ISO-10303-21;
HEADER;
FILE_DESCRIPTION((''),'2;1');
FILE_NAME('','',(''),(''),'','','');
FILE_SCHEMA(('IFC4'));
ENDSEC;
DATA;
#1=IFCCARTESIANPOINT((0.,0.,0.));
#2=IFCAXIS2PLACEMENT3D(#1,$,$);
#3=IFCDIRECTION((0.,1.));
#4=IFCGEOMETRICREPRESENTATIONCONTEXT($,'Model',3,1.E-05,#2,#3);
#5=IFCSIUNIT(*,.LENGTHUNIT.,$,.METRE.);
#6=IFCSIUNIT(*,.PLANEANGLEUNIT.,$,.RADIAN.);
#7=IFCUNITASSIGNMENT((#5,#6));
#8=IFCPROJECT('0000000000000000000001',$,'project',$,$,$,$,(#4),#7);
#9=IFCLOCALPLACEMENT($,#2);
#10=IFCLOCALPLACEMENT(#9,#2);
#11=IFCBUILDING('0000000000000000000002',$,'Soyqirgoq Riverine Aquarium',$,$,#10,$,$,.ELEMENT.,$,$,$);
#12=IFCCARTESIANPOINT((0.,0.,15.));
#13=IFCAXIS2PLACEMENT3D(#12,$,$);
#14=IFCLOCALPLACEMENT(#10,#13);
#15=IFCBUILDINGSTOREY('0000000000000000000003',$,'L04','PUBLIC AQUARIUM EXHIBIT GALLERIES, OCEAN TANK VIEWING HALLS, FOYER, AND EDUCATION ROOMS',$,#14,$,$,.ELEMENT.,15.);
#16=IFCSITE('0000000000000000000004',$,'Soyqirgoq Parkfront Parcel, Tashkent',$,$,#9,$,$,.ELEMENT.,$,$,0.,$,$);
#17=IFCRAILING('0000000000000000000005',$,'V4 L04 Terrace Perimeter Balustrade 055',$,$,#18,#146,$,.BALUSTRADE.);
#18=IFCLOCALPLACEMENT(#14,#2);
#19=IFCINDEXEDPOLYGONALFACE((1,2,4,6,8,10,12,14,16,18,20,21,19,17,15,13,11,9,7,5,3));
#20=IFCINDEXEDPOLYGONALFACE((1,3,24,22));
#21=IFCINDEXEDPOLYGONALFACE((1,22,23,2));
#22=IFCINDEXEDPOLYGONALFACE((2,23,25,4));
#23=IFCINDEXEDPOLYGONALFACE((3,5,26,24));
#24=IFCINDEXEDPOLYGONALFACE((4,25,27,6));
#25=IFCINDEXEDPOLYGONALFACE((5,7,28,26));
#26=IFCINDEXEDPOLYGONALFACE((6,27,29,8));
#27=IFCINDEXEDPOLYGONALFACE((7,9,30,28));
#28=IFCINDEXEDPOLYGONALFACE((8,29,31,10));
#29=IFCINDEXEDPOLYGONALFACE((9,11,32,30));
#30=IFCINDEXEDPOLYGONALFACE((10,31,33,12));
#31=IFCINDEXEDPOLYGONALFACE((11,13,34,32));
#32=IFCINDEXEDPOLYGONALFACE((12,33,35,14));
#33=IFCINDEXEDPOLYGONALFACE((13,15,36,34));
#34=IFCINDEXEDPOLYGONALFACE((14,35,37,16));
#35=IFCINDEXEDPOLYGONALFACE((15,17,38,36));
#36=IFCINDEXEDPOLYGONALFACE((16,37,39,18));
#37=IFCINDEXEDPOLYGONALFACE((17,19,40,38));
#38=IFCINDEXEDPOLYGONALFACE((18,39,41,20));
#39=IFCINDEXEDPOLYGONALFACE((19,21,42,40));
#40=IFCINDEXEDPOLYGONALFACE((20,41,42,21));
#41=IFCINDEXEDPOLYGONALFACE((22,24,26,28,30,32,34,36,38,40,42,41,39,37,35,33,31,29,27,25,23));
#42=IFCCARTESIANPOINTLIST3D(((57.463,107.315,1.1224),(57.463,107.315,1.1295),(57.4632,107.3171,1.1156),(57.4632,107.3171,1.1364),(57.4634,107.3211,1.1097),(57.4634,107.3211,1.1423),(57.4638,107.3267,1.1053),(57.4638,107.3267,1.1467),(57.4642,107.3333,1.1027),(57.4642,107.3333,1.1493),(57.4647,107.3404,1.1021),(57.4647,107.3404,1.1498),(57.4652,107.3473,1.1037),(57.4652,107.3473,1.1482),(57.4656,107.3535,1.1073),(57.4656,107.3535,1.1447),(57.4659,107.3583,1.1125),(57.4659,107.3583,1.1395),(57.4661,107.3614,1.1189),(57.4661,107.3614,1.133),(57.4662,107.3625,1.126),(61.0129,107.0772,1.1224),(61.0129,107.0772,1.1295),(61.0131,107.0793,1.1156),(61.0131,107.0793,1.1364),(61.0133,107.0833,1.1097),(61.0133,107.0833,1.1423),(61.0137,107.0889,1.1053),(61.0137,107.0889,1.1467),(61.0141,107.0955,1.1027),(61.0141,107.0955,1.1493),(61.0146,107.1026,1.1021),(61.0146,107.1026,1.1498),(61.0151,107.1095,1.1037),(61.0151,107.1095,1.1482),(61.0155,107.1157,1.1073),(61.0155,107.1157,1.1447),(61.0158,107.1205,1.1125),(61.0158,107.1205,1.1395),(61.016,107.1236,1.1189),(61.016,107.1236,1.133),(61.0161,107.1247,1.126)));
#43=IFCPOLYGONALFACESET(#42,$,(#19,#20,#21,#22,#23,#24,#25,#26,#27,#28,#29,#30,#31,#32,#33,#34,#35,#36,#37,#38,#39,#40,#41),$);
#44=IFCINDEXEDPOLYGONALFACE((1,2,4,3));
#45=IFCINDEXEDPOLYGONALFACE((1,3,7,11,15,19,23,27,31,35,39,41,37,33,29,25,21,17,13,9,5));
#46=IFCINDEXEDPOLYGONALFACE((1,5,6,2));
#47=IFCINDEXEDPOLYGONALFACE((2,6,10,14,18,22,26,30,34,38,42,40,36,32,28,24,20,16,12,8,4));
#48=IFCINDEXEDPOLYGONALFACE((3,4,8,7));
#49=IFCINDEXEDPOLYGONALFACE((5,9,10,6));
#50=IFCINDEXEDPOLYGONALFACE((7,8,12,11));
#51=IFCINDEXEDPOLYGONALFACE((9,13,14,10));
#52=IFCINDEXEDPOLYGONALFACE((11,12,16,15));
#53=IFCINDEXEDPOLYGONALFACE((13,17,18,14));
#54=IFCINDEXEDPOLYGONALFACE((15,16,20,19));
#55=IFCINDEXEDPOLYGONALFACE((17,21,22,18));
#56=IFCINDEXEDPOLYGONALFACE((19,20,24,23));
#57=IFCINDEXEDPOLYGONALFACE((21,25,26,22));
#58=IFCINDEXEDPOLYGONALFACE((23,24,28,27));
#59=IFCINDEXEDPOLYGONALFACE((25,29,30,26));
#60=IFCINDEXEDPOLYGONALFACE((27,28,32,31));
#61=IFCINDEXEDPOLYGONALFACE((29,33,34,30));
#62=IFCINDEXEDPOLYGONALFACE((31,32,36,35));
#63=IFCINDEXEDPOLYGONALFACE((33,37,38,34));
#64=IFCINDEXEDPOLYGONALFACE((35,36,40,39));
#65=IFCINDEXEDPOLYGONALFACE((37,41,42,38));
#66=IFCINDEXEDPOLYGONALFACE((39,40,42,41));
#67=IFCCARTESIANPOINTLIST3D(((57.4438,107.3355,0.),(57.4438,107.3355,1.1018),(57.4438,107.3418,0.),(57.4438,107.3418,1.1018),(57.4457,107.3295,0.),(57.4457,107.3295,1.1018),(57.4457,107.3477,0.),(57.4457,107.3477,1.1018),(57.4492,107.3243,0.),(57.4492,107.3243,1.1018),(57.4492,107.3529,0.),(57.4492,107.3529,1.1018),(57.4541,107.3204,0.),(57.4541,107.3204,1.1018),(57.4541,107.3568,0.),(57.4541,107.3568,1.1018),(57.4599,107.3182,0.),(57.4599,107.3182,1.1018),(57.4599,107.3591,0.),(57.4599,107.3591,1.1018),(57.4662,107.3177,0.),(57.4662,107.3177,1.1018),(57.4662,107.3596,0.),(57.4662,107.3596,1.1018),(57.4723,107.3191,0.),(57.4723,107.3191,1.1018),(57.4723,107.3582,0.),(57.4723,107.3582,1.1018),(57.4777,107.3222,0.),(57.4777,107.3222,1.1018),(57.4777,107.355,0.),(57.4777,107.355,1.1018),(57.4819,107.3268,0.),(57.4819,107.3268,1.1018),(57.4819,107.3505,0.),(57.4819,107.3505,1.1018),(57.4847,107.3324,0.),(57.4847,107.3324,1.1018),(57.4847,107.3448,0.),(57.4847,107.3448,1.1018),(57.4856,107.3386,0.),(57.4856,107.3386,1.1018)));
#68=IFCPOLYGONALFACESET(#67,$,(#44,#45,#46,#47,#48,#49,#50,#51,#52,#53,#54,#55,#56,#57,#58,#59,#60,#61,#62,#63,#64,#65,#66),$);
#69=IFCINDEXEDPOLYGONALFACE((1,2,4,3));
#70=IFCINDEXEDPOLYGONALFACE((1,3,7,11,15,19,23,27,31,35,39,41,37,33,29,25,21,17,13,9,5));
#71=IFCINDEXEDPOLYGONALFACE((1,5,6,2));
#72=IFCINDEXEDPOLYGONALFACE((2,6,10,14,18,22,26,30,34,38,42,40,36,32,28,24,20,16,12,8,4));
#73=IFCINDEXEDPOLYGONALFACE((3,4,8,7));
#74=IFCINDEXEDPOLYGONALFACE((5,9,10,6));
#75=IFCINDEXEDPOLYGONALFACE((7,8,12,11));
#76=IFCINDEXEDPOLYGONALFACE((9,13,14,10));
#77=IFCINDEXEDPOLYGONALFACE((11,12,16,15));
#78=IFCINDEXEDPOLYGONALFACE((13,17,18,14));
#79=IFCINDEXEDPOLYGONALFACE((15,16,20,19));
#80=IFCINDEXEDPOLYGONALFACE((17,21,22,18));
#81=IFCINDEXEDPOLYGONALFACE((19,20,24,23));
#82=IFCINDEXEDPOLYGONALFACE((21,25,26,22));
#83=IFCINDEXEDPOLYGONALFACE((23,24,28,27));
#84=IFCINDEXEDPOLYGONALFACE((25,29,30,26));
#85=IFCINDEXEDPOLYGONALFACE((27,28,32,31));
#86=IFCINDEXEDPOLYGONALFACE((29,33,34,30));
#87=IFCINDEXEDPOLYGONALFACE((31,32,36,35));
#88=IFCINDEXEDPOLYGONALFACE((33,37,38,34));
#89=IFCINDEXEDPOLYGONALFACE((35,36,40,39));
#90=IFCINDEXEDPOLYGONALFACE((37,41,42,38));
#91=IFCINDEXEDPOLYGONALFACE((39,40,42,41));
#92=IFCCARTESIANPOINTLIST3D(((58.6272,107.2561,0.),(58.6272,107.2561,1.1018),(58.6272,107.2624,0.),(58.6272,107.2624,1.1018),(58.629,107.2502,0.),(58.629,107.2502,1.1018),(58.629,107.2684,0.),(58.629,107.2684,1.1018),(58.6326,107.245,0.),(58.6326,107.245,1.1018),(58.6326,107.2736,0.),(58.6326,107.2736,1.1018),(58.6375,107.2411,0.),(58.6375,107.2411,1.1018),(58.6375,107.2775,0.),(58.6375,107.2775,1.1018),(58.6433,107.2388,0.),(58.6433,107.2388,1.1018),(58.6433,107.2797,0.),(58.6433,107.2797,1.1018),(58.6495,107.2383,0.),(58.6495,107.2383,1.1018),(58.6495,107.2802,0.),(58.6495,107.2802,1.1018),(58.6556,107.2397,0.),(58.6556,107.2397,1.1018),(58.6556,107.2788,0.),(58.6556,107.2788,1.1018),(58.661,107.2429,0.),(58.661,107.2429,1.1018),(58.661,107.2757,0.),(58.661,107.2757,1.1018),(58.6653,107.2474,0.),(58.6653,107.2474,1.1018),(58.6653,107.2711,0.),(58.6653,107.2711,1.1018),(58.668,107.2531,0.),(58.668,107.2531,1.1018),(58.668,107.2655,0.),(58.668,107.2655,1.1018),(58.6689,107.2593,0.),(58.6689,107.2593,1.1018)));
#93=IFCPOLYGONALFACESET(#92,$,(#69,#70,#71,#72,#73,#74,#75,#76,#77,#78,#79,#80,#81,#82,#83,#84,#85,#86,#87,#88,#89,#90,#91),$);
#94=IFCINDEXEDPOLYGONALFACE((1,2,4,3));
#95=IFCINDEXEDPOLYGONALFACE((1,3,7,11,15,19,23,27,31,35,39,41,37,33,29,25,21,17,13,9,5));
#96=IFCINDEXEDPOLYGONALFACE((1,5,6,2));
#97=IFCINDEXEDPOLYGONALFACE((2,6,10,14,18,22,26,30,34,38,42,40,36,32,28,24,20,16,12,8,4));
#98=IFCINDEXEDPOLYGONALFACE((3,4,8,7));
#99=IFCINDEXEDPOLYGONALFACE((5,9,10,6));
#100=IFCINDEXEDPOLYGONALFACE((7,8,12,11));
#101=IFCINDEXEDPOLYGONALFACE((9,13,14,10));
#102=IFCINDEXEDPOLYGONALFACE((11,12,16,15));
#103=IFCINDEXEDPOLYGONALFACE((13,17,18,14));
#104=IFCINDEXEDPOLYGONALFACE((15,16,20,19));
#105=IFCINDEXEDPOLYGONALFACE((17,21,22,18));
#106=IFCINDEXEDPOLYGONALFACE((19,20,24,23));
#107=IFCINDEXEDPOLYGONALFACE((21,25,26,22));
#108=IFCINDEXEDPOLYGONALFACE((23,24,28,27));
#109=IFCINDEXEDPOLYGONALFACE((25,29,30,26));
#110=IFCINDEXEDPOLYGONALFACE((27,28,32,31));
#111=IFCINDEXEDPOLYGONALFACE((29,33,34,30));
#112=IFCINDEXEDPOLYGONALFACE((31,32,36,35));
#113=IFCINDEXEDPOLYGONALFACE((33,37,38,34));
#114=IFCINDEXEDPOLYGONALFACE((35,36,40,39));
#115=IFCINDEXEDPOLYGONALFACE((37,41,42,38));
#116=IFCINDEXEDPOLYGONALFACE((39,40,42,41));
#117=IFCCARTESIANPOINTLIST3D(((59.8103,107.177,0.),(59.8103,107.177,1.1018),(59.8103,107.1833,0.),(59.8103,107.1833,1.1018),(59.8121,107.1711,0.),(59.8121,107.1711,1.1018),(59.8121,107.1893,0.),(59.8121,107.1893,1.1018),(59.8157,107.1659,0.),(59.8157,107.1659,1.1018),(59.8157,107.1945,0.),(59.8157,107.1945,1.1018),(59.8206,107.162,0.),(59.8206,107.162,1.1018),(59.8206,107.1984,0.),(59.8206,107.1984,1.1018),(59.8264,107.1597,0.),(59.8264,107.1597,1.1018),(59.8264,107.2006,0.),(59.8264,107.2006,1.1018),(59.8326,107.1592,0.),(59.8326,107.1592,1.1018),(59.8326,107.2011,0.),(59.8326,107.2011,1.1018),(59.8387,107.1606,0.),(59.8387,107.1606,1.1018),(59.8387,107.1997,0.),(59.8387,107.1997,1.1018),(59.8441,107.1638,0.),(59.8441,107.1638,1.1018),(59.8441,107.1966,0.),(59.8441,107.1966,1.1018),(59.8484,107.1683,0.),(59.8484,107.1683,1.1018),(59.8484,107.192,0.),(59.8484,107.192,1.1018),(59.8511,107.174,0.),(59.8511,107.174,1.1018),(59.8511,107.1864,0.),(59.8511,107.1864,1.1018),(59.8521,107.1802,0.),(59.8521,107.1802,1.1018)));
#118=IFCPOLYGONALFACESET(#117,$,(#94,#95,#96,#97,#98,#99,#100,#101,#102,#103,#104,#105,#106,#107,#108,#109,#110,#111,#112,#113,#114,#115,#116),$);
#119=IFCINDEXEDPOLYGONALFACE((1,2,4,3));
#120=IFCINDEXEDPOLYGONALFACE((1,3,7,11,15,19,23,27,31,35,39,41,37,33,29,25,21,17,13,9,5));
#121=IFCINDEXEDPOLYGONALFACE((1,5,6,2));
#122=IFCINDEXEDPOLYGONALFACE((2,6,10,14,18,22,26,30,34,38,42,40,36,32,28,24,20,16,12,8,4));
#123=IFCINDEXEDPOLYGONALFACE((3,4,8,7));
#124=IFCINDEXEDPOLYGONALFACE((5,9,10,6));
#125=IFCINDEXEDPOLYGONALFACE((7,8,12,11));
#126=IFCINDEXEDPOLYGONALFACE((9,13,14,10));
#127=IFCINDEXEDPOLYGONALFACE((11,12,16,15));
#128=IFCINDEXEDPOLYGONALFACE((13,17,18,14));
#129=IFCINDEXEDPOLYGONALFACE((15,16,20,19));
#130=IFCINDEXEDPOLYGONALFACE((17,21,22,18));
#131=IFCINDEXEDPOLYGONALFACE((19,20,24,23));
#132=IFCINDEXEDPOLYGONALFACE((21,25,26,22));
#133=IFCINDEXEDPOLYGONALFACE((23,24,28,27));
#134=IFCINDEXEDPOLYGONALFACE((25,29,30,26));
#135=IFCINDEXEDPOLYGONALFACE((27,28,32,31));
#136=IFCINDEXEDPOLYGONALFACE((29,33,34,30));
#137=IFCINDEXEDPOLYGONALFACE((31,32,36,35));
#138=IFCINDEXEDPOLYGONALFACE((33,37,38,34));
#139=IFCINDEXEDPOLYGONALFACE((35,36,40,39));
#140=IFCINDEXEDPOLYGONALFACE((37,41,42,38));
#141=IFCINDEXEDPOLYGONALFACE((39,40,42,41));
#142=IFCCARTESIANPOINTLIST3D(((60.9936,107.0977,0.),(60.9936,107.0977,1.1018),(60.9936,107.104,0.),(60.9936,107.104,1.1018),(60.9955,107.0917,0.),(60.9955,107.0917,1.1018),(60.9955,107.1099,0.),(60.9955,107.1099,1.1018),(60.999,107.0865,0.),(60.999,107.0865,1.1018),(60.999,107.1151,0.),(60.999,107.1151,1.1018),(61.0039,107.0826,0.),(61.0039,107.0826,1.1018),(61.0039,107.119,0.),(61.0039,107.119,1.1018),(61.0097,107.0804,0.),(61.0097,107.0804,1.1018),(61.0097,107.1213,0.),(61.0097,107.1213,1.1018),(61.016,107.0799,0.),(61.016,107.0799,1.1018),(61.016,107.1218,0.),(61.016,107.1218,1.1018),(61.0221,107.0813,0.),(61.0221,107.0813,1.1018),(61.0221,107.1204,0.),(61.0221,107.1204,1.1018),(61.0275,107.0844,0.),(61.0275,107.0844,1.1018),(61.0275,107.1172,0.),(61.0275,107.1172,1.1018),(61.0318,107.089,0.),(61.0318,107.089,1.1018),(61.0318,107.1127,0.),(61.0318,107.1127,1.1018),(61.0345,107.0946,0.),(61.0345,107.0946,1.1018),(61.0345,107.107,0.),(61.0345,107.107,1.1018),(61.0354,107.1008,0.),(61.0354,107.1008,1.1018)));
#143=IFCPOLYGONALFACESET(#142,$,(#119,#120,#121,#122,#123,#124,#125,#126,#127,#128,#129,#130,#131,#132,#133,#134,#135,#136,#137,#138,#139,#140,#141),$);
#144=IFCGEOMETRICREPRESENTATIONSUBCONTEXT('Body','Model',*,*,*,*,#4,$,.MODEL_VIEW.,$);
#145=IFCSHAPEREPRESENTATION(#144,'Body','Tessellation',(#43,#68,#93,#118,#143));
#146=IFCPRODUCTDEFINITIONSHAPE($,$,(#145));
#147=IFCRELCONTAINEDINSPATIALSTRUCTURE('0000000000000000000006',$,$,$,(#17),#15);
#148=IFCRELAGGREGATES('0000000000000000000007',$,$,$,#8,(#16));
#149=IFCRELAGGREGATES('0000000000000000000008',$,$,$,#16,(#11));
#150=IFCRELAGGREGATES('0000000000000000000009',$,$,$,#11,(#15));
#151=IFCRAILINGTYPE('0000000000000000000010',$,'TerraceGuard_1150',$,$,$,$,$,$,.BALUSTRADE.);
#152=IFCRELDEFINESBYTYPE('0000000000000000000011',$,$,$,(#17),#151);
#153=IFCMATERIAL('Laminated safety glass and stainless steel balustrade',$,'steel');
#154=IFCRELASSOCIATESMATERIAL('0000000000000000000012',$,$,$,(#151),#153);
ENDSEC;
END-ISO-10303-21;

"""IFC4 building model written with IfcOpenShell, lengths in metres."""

from ifc_helpers import new_model, si_unit, direction, frame, origin, origin_2d, place, context, subcontext, project, spatial, circle, extrude, material, type_object, element, save


model = new_model("IFC4")

# Units and contexts
model_context = context("Model", 3, precision=1e-05, world=origin(), true_north=direction((0.0, 1.0)))
body_context = subcontext(model_context, "Body", "Model", "MODEL_VIEW")
ifc_project = project(units=[si_unit("LENGTHUNIT", "METRE"), si_unit("PLANEANGLEUNIT", "RADIAN")], contexts=[model_context])

# Site, building, storey
site_placement = place(None, origin())
site = spatial("IfcSite", under=ifc_project, at=site_placement, Name="Soyqirgoq Parkfront Parcel, Tashkent", CompositionType="ELEMENT", RefElevation=0.0)
building_placement = place(site_placement, origin())
building = spatial("IfcBuilding", under=site, at=building_placement, Name="Soyqirgoq Riverine Aquarium", CompositionType="ELEMENT")
storey_placement = place(building_placement, frame((0.0, 0.0, 15.0)))
storey = spatial("IfcBuildingStorey", under=building, at=storey_placement, Name="L04", Description="PUBLIC AQUARIUM EXHIBIT GALLERIES, OCEAN TANK VIEWING HALLS, FOYER, AND EDUCATION ROOMS", CompositionType="ELEMENT", Elevation=15.0)

# Railing
ifc_material_1 = material(Name="Laminated safety glass and stainless steel balustrade", Category="steel")
railing_type = type_object("IfcRailingType", Name="TerraceGuard_1150", PredefinedType="BALUSTRADE", material=ifc_material_1)
railing_1_placement = place(storey_placement, frame((57.4646, 107.3386, 0.0)))
element("IfcRailing", 1, at=railing_1_placement, inside=storey, type_object=railing_type, Name="V4 L04 Terrace Perimeter Balustrade 055", PredefinedType="BALUSTRADE", context=body_context, shape_type="SweptSolid", body=[
    extrude(circle(Radius=0.0239, at=origin_2d()), frame((0.0, 0.0, 1.126), z_axis=(0.997764, -0.066838, 0.0), x_axis=(0.066838, 0.997764, 0.0)), (0.0, 0.0, 1.0), 3.5579),
    extrude(circle(Radius=0.021, at=origin_2d()), origin(), (0.0, 0.0, 1.0), 1.1018),
    extrude(circle(Radius=0.021, at=origin_2d()), frame((1.1833, -0.0793, 0.0)), (0.0, 0.0, 1.0), 1.1018),
    extrude(circle(Radius=0.021, at=origin_2d()), frame((2.3665, -0.1584, 0.0)), (0.0, 0.0, 1.0), 1.1018),
    extrude(circle(Radius=0.021, at=origin_2d()), frame((3.5498, -0.2378, 0.0)), (0.0, 0.0, 1.0), 1.1018),
])

save(model, "model.ifc")
